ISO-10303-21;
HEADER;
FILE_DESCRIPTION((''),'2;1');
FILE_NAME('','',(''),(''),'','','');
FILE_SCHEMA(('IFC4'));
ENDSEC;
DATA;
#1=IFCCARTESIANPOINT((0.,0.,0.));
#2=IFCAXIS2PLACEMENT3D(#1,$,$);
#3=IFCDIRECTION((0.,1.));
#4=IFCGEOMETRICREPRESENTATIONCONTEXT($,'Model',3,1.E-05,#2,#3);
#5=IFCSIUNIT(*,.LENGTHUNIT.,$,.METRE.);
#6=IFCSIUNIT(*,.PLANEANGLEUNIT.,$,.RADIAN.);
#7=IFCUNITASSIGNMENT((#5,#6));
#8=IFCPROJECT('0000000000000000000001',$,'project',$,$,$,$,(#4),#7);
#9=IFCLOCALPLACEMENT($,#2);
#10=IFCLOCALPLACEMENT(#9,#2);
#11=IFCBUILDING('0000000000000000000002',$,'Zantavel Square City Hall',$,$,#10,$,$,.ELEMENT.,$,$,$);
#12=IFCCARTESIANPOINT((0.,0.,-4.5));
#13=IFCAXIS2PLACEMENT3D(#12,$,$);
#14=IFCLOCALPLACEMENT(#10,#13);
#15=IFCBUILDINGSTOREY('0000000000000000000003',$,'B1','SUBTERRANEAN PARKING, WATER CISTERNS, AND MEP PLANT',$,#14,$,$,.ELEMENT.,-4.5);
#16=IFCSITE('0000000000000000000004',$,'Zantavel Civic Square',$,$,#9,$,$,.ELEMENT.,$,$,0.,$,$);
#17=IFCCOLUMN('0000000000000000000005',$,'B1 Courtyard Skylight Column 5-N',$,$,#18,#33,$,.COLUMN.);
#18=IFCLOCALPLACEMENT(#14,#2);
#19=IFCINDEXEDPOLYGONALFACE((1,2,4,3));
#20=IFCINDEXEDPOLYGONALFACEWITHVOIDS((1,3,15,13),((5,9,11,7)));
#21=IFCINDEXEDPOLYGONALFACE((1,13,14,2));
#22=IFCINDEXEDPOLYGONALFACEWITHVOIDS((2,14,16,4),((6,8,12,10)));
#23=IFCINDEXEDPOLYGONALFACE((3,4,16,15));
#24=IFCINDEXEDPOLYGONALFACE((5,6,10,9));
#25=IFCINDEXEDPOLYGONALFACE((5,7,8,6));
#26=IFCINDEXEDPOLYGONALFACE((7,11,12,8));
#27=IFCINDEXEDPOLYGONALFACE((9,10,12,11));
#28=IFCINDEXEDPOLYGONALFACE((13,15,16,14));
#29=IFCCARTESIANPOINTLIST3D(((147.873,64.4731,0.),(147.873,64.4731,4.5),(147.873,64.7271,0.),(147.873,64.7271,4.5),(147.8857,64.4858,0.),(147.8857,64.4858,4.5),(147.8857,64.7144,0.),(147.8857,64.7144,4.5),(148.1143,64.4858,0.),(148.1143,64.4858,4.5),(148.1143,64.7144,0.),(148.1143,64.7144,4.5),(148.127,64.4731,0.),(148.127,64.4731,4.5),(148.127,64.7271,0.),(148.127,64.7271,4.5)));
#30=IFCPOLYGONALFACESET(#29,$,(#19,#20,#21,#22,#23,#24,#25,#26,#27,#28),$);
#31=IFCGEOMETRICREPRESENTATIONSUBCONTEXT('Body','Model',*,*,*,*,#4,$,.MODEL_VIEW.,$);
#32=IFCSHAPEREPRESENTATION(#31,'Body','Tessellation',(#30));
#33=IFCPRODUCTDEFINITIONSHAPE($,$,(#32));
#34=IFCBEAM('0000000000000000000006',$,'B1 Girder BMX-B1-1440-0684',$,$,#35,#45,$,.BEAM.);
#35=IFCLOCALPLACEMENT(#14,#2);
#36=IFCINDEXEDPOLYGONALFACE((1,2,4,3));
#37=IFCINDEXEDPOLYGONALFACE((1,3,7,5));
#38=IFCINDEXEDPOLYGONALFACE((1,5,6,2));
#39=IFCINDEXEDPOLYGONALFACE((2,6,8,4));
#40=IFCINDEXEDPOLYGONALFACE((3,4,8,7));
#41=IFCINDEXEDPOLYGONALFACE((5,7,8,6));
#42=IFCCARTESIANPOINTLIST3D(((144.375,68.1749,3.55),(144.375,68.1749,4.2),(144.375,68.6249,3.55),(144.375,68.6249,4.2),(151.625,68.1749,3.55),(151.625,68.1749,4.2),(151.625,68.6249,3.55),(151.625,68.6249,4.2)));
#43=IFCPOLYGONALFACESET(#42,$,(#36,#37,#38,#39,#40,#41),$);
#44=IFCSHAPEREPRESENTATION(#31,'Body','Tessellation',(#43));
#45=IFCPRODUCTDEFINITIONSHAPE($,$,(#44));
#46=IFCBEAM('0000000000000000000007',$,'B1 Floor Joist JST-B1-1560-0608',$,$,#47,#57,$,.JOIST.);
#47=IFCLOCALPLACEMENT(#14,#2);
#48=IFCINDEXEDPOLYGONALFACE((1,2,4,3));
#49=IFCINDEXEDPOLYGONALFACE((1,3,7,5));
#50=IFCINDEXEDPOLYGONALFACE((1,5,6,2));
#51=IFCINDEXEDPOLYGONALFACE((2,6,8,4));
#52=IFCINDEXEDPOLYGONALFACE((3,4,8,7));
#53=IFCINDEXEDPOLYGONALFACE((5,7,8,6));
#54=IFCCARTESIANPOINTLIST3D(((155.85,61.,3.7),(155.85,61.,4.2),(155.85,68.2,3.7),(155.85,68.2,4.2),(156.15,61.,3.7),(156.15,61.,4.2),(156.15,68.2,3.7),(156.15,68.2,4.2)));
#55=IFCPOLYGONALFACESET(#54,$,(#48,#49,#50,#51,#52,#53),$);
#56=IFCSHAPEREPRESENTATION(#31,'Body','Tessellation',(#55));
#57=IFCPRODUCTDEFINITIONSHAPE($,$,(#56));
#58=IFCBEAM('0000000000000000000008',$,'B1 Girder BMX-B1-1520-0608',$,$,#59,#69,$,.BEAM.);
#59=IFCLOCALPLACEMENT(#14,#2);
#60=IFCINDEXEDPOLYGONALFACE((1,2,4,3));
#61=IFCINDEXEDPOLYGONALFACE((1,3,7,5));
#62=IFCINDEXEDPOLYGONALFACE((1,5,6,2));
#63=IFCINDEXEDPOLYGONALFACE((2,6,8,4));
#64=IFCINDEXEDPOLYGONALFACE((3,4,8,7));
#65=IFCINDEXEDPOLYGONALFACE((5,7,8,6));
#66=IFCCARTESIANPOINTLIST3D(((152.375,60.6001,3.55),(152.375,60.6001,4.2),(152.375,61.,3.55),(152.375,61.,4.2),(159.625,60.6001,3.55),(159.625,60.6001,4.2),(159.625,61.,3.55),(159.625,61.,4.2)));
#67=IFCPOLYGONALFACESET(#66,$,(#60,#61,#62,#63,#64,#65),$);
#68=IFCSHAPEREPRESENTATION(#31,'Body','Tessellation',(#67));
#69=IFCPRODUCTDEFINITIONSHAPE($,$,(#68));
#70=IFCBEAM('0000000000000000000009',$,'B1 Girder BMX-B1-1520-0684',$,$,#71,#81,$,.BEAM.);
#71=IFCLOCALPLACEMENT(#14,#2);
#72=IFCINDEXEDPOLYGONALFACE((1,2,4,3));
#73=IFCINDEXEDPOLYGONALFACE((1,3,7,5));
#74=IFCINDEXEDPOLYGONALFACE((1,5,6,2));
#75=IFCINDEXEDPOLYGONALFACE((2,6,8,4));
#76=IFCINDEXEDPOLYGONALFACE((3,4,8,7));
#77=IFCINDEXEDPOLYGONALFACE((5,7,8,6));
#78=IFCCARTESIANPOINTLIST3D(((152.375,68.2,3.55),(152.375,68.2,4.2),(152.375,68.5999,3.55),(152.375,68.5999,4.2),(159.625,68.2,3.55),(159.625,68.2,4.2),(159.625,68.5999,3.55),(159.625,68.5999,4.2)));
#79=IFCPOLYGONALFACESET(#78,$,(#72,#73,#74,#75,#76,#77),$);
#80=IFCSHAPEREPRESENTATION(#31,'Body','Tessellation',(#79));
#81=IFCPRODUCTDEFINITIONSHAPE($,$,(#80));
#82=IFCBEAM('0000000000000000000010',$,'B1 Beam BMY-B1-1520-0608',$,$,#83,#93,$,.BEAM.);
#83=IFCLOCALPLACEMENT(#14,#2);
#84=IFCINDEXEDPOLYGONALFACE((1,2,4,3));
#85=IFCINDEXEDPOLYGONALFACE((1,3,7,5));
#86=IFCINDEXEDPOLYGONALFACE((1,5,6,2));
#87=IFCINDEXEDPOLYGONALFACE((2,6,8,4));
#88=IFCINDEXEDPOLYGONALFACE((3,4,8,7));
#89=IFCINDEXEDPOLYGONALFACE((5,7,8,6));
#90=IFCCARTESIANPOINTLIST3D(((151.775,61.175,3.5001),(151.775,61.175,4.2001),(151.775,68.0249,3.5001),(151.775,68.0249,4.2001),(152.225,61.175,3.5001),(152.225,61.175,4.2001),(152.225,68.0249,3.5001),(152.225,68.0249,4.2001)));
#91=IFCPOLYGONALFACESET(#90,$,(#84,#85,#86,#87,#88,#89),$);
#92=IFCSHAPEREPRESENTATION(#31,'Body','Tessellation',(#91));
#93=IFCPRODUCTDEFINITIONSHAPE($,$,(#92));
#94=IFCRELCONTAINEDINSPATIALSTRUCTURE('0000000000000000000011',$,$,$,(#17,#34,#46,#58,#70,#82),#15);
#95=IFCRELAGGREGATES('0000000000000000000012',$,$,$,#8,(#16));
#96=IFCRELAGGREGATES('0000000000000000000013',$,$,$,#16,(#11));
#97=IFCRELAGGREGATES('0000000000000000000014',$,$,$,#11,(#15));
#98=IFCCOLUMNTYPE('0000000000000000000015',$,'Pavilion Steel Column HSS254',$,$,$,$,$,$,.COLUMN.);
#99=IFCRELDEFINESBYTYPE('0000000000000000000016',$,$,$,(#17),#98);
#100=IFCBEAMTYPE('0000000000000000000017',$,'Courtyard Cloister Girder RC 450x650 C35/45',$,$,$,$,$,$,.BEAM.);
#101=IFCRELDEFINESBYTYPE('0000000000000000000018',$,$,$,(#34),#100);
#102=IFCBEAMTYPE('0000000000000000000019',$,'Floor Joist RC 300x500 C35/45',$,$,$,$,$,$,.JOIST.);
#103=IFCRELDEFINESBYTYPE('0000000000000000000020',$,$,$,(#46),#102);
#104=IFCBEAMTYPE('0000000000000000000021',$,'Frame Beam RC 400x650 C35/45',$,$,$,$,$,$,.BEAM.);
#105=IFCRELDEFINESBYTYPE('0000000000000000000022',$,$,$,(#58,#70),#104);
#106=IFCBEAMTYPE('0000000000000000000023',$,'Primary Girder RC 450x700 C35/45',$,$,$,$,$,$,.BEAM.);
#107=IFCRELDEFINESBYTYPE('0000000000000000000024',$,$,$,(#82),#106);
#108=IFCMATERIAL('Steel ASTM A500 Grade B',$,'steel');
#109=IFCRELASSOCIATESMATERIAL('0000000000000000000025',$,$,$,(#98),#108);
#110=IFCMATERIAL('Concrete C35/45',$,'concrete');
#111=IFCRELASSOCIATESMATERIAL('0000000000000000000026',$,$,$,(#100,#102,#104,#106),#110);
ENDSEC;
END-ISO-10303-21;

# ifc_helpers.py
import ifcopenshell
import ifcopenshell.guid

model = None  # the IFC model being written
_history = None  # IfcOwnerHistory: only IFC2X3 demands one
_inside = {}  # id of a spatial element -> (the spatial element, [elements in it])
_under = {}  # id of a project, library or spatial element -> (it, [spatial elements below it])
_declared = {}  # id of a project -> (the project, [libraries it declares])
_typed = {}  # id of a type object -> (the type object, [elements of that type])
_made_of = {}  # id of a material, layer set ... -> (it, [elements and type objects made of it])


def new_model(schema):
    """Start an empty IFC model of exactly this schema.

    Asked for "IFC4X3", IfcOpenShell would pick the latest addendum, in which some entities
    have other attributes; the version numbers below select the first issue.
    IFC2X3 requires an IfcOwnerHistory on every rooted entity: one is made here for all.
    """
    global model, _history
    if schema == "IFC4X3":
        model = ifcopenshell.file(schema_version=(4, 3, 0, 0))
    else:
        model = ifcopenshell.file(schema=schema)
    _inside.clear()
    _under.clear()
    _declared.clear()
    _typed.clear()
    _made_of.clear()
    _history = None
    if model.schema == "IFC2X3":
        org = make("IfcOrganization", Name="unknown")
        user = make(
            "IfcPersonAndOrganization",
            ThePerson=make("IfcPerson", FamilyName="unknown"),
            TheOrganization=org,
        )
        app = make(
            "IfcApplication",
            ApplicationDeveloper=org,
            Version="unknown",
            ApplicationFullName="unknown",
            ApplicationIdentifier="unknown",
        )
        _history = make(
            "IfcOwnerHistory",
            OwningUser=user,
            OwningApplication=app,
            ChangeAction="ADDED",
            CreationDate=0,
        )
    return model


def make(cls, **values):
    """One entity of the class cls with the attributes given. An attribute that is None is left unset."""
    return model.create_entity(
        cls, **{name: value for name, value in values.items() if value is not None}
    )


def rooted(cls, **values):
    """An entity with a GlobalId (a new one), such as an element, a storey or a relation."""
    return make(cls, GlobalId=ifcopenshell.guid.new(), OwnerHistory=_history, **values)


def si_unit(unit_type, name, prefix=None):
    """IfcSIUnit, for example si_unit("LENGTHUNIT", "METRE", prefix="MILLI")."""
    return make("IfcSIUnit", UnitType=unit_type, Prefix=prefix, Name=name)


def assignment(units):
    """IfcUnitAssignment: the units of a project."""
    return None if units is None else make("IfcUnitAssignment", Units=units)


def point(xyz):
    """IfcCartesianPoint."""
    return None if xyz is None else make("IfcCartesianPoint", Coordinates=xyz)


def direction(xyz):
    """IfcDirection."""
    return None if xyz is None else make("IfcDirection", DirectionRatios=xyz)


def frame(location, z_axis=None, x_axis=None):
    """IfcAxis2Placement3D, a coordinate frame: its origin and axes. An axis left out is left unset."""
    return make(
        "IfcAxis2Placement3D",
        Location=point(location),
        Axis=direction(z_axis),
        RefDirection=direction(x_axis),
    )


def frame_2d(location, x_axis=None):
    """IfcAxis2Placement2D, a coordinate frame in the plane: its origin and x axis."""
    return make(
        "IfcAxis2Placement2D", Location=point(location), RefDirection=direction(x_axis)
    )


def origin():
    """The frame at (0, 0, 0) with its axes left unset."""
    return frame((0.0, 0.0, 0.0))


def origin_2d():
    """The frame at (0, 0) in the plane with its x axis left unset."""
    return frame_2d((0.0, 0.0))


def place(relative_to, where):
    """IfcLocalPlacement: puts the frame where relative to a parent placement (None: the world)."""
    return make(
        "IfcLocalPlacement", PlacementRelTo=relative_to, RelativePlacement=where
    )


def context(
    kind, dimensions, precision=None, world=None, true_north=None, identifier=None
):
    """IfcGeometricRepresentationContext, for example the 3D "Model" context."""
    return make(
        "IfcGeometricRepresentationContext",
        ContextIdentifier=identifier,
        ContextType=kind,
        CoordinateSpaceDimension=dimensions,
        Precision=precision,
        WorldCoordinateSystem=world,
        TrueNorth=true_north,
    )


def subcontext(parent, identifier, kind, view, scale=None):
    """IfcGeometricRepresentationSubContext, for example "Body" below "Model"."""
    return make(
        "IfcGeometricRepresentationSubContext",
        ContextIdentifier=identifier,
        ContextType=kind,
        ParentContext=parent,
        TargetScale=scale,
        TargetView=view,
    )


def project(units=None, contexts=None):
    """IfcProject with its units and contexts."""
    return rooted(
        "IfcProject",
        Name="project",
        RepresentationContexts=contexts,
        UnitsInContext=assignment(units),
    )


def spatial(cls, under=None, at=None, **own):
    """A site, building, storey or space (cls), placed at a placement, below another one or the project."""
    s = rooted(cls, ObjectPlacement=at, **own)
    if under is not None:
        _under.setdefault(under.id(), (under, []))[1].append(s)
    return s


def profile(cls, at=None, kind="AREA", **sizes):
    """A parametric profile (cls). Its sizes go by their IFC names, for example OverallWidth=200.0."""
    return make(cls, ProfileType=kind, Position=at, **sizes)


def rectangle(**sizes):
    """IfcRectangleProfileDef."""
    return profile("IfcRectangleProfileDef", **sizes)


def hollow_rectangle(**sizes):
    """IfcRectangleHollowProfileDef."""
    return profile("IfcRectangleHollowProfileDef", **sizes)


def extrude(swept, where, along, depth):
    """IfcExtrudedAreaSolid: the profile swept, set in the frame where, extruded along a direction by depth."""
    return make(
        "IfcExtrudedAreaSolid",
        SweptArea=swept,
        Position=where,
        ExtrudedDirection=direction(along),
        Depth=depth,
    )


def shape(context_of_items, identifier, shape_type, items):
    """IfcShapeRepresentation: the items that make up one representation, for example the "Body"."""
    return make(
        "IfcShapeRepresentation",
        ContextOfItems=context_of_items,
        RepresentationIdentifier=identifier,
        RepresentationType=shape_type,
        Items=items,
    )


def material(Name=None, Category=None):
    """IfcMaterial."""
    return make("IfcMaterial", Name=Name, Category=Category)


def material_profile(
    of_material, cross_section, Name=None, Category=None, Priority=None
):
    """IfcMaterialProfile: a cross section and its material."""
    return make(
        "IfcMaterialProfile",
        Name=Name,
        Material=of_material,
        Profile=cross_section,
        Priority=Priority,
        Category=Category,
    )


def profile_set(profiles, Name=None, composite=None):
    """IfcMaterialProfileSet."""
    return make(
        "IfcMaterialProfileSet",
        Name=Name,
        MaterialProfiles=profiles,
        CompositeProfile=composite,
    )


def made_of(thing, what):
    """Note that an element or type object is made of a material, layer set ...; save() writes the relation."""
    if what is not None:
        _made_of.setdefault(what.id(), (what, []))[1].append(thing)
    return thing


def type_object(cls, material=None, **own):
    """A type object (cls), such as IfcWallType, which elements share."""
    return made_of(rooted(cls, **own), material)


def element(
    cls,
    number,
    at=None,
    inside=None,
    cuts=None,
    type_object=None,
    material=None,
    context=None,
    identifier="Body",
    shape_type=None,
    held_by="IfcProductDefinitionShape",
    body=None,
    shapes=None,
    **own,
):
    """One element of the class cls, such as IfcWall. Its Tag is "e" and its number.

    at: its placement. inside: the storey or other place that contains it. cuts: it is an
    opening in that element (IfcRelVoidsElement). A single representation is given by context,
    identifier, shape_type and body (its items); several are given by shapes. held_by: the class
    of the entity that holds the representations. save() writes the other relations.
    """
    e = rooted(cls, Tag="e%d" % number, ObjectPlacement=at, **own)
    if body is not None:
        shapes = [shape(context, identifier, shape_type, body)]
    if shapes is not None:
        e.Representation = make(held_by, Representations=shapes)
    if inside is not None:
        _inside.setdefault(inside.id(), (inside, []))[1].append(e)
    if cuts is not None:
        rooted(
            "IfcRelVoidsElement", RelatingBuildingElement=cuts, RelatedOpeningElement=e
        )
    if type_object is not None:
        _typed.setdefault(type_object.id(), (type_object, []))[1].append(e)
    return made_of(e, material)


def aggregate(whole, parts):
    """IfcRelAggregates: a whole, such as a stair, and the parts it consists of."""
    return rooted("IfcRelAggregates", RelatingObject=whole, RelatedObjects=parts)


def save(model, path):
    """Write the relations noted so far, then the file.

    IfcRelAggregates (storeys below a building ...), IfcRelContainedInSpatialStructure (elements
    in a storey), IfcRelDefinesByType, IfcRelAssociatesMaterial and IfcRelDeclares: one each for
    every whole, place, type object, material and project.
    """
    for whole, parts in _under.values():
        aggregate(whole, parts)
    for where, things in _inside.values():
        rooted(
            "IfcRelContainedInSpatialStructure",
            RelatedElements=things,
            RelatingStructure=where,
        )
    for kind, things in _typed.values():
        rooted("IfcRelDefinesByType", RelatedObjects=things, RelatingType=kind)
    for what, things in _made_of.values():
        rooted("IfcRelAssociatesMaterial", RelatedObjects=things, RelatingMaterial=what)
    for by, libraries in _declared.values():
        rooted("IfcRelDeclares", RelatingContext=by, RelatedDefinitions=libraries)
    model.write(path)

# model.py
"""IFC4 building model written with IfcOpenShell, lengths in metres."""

from ifc_helpers import new_model, si_unit, direction, frame, origin, origin_2d, place, context, subcontext, project, spatial, rectangle, hollow_rectangle, extrude, material, material_profile, profile_set, type_object, element, save


model = new_model("IFC4")

# Units and contexts
model_context = context("Model", 3, precision=1e-05, world=origin(), true_north=direction((0.0, 1.0)))
body_context = subcontext(model_context, "Body", "Model", "MODEL_VIEW")
ifc_project = project(units=[si_unit("LENGTHUNIT", "METRE"), si_unit("PLANEANGLEUNIT", "RADIAN")], contexts=[model_context])

# Site, building, storey
site_placement = place(None, origin())
site = spatial("IfcSite", under=ifc_project, at=site_placement, Name="Zantavel Civic Square", CompositionType="ELEMENT", RefElevation=0.0)
building_placement = place(site_placement, origin())
building = spatial("IfcBuilding", under=site, at=building_placement, Name="Zantavel Square City Hall", CompositionType="ELEMENT")
storey_placement = place(building_placement, frame((0.0, 0.0, -4.5)))
storey = spatial("IfcBuildingStorey", under=building, at=storey_placement, Name="B1", Description="SUBTERRANEAN PARKING, WATER CISTERNS, AND MEP PLANT", CompositionType="ELEMENT", Elevation=-4.5)

# Shared definitions
ifc_material_1 = material(Name="Concrete C35/45", Category="concrete")

# Column
ifc_material_2 = material(Name="Steel ASTM A500 Grade B", Category="steel")
ifc_material_profile_1 = material_profile(ifc_material_2, hollow_rectangle(XDim=0.2539, YDim=0.2539, WallThickness=0.0127, at=origin_2d()), Name="HSS 254x254x12.7")
ifc_profile_set_1 = profile_set([ifc_material_profile_1], Name="Steel ASTM A500 Grade B")
column_type_1 = type_object("IfcColumnType", Name="Pavilion Steel Column HSS254", PredefinedType="COLUMN", material=ifc_profile_set_1)
column_placement = place(storey_placement, frame((148.0, 64.6001, 0.0), z_axis=(0.0, 0.0, 1.0), x_axis=(1.0, 0.0, 0.0)))
element("IfcColumn", 1, at=column_placement, inside=storey, type_object=column_type_1, Name="B1 Courtyard Skylight Column 5-N", PredefinedType="COLUMN", context=body_context, shape_type="SweptSolid", body=[
    extrude(hollow_rectangle(XDim=0.2539, YDim=0.2539, WallThickness=0.0127, at=origin_2d()), origin(), (0.0, 0.0, 1.0), 4.5),
])

# Beams
ifc_material_profile_2 = material_profile(ifc_material_1, rectangle(XDim=0.45, YDim=0.6499, at=origin_2d()), Name="RC 450x650")
ifc_profile_set_2 = profile_set([ifc_material_profile_2], Name="Concrete C35/45")
beam_type_1 = type_object("IfcBeamType", Name="Courtyard Cloister Girder RC 450x650 C35/45", PredefinedType="BEAM", material=ifc_profile_set_2)
beam_1_placement = place(storey_placement, frame((144.375, 68.3999, 3.875), z_axis=(1.0, 0.0, 0.0), x_axis=(0.0, 1.0, 0.0)))
element("IfcBeam", 2, at=beam_1_placement, inside=storey, type_object=beam_type_1, Name="B1 Girder BMX-B1-1440-0684", PredefinedType="BEAM", context=body_context, shape_type="SweptSolid", body=[
    extrude(rectangle(XDim=0.45, YDim=0.6499, at=origin_2d()), origin(), (0.0, 0.0, 1.0), 7.25),
])
ifc_material_profile_3 = material_profile(ifc_material_1, rectangle(XDim=0.3, YDim=0.5, at=origin_2d()), Name="RC 300x500")
ifc_profile_set_3 = profile_set([ifc_material_profile_3], Name="Concrete C35/45")
beam_type_2 = type_object("IfcBeamType", Name="Floor Joist RC 300x500 C35/45", PredefinedType="JOIST", material=ifc_profile_set_3)
beam_2_placement = place(storey_placement, frame((156.0, 61.0, 3.95), z_axis=(0.0, 1.0, 0.0), x_axis=(-1.0, 0.0, 0.0)))
element("IfcBeam", 3, at=beam_2_placement, inside=storey, type_object=beam_type_2, Name="B1 Floor Joist JST-B1-1560-0608", PredefinedType="JOIST", context=body_context, shape_type="SweptSolid", body=[
    extrude(rectangle(XDim=0.3, YDim=0.5, at=origin_2d()), origin(), (0.0, 0.0, 1.0), 7.2),
])
ifc_material_profile_4 = material_profile(ifc_material_1, rectangle(XDim=0.3999, YDim=0.6499, at=origin_2d()), Name="RC 400x650")
ifc_profile_set_4 = profile_set([ifc_material_profile_4], Name="Concrete C35/45")
beam_type_3 = type_object("IfcBeamType", Name="Frame Beam RC 400x650 C35/45", PredefinedType="BEAM", material=ifc_profile_set_4)
for number, where, z_axis, x_axis, name in (
    (4, (152.375, 60.8, 3.875), (1.0, 0.0, 0.0), (0.0, 1.0, 0.0), "B1 Girder BMX-B1-1520-0608"),
    (5, (152.375, 68.3999, 3.875), (1.0, 0.0, 0.0), (0.0, 1.0, 0.0), "B1 Girder BMX-B1-1520-0684"),
):
    element("IfcBeam", number, at=place(storey_placement, frame(where, z_axis=z_axis, x_axis=x_axis)), inside=storey, type_object=beam_type_3, Name=name, PredefinedType="BEAM", context=body_context, shape_type="SweptSolid", body=[
        extrude(rectangle(XDim=0.3999, YDim=0.6499, at=origin_2d()), origin(), (0.0, 0.0, 1.0), 7.25),
    ])
ifc_material_profile_5 = material_profile(ifc_material_1, rectangle(XDim=0.45, YDim=0.7, at=origin_2d()), Name="RC 450x700")
ifc_profile_set_5 = profile_set([ifc_material_profile_5], Name="Concrete C35/45")
beam_type_4 = type_object("IfcBeamType", Name="Primary Girder RC 450x700 C35/45", PredefinedType="BEAM", material=ifc_profile_set_5)
beam_3_placement = place(storey_placement, frame((152.0, 61.175, 3.8501), z_axis=(0.0, 1.0, 0.0), x_axis=(-1.0, 0.0, 0.0)))
element("IfcBeam", 6, at=beam_3_placement, inside=storey, type_object=beam_type_4, Name="B1 Beam BMY-B1-1520-0608", PredefinedType="BEAM", context=body_context, shape_type="SweptSolid", body=[
    extrude(rectangle(XDim=0.45, YDim=0.7, at=origin_2d()), origin(), (0.0, 0.0, 1.0), 6.8499),
])

save(model, "model.ifc")
